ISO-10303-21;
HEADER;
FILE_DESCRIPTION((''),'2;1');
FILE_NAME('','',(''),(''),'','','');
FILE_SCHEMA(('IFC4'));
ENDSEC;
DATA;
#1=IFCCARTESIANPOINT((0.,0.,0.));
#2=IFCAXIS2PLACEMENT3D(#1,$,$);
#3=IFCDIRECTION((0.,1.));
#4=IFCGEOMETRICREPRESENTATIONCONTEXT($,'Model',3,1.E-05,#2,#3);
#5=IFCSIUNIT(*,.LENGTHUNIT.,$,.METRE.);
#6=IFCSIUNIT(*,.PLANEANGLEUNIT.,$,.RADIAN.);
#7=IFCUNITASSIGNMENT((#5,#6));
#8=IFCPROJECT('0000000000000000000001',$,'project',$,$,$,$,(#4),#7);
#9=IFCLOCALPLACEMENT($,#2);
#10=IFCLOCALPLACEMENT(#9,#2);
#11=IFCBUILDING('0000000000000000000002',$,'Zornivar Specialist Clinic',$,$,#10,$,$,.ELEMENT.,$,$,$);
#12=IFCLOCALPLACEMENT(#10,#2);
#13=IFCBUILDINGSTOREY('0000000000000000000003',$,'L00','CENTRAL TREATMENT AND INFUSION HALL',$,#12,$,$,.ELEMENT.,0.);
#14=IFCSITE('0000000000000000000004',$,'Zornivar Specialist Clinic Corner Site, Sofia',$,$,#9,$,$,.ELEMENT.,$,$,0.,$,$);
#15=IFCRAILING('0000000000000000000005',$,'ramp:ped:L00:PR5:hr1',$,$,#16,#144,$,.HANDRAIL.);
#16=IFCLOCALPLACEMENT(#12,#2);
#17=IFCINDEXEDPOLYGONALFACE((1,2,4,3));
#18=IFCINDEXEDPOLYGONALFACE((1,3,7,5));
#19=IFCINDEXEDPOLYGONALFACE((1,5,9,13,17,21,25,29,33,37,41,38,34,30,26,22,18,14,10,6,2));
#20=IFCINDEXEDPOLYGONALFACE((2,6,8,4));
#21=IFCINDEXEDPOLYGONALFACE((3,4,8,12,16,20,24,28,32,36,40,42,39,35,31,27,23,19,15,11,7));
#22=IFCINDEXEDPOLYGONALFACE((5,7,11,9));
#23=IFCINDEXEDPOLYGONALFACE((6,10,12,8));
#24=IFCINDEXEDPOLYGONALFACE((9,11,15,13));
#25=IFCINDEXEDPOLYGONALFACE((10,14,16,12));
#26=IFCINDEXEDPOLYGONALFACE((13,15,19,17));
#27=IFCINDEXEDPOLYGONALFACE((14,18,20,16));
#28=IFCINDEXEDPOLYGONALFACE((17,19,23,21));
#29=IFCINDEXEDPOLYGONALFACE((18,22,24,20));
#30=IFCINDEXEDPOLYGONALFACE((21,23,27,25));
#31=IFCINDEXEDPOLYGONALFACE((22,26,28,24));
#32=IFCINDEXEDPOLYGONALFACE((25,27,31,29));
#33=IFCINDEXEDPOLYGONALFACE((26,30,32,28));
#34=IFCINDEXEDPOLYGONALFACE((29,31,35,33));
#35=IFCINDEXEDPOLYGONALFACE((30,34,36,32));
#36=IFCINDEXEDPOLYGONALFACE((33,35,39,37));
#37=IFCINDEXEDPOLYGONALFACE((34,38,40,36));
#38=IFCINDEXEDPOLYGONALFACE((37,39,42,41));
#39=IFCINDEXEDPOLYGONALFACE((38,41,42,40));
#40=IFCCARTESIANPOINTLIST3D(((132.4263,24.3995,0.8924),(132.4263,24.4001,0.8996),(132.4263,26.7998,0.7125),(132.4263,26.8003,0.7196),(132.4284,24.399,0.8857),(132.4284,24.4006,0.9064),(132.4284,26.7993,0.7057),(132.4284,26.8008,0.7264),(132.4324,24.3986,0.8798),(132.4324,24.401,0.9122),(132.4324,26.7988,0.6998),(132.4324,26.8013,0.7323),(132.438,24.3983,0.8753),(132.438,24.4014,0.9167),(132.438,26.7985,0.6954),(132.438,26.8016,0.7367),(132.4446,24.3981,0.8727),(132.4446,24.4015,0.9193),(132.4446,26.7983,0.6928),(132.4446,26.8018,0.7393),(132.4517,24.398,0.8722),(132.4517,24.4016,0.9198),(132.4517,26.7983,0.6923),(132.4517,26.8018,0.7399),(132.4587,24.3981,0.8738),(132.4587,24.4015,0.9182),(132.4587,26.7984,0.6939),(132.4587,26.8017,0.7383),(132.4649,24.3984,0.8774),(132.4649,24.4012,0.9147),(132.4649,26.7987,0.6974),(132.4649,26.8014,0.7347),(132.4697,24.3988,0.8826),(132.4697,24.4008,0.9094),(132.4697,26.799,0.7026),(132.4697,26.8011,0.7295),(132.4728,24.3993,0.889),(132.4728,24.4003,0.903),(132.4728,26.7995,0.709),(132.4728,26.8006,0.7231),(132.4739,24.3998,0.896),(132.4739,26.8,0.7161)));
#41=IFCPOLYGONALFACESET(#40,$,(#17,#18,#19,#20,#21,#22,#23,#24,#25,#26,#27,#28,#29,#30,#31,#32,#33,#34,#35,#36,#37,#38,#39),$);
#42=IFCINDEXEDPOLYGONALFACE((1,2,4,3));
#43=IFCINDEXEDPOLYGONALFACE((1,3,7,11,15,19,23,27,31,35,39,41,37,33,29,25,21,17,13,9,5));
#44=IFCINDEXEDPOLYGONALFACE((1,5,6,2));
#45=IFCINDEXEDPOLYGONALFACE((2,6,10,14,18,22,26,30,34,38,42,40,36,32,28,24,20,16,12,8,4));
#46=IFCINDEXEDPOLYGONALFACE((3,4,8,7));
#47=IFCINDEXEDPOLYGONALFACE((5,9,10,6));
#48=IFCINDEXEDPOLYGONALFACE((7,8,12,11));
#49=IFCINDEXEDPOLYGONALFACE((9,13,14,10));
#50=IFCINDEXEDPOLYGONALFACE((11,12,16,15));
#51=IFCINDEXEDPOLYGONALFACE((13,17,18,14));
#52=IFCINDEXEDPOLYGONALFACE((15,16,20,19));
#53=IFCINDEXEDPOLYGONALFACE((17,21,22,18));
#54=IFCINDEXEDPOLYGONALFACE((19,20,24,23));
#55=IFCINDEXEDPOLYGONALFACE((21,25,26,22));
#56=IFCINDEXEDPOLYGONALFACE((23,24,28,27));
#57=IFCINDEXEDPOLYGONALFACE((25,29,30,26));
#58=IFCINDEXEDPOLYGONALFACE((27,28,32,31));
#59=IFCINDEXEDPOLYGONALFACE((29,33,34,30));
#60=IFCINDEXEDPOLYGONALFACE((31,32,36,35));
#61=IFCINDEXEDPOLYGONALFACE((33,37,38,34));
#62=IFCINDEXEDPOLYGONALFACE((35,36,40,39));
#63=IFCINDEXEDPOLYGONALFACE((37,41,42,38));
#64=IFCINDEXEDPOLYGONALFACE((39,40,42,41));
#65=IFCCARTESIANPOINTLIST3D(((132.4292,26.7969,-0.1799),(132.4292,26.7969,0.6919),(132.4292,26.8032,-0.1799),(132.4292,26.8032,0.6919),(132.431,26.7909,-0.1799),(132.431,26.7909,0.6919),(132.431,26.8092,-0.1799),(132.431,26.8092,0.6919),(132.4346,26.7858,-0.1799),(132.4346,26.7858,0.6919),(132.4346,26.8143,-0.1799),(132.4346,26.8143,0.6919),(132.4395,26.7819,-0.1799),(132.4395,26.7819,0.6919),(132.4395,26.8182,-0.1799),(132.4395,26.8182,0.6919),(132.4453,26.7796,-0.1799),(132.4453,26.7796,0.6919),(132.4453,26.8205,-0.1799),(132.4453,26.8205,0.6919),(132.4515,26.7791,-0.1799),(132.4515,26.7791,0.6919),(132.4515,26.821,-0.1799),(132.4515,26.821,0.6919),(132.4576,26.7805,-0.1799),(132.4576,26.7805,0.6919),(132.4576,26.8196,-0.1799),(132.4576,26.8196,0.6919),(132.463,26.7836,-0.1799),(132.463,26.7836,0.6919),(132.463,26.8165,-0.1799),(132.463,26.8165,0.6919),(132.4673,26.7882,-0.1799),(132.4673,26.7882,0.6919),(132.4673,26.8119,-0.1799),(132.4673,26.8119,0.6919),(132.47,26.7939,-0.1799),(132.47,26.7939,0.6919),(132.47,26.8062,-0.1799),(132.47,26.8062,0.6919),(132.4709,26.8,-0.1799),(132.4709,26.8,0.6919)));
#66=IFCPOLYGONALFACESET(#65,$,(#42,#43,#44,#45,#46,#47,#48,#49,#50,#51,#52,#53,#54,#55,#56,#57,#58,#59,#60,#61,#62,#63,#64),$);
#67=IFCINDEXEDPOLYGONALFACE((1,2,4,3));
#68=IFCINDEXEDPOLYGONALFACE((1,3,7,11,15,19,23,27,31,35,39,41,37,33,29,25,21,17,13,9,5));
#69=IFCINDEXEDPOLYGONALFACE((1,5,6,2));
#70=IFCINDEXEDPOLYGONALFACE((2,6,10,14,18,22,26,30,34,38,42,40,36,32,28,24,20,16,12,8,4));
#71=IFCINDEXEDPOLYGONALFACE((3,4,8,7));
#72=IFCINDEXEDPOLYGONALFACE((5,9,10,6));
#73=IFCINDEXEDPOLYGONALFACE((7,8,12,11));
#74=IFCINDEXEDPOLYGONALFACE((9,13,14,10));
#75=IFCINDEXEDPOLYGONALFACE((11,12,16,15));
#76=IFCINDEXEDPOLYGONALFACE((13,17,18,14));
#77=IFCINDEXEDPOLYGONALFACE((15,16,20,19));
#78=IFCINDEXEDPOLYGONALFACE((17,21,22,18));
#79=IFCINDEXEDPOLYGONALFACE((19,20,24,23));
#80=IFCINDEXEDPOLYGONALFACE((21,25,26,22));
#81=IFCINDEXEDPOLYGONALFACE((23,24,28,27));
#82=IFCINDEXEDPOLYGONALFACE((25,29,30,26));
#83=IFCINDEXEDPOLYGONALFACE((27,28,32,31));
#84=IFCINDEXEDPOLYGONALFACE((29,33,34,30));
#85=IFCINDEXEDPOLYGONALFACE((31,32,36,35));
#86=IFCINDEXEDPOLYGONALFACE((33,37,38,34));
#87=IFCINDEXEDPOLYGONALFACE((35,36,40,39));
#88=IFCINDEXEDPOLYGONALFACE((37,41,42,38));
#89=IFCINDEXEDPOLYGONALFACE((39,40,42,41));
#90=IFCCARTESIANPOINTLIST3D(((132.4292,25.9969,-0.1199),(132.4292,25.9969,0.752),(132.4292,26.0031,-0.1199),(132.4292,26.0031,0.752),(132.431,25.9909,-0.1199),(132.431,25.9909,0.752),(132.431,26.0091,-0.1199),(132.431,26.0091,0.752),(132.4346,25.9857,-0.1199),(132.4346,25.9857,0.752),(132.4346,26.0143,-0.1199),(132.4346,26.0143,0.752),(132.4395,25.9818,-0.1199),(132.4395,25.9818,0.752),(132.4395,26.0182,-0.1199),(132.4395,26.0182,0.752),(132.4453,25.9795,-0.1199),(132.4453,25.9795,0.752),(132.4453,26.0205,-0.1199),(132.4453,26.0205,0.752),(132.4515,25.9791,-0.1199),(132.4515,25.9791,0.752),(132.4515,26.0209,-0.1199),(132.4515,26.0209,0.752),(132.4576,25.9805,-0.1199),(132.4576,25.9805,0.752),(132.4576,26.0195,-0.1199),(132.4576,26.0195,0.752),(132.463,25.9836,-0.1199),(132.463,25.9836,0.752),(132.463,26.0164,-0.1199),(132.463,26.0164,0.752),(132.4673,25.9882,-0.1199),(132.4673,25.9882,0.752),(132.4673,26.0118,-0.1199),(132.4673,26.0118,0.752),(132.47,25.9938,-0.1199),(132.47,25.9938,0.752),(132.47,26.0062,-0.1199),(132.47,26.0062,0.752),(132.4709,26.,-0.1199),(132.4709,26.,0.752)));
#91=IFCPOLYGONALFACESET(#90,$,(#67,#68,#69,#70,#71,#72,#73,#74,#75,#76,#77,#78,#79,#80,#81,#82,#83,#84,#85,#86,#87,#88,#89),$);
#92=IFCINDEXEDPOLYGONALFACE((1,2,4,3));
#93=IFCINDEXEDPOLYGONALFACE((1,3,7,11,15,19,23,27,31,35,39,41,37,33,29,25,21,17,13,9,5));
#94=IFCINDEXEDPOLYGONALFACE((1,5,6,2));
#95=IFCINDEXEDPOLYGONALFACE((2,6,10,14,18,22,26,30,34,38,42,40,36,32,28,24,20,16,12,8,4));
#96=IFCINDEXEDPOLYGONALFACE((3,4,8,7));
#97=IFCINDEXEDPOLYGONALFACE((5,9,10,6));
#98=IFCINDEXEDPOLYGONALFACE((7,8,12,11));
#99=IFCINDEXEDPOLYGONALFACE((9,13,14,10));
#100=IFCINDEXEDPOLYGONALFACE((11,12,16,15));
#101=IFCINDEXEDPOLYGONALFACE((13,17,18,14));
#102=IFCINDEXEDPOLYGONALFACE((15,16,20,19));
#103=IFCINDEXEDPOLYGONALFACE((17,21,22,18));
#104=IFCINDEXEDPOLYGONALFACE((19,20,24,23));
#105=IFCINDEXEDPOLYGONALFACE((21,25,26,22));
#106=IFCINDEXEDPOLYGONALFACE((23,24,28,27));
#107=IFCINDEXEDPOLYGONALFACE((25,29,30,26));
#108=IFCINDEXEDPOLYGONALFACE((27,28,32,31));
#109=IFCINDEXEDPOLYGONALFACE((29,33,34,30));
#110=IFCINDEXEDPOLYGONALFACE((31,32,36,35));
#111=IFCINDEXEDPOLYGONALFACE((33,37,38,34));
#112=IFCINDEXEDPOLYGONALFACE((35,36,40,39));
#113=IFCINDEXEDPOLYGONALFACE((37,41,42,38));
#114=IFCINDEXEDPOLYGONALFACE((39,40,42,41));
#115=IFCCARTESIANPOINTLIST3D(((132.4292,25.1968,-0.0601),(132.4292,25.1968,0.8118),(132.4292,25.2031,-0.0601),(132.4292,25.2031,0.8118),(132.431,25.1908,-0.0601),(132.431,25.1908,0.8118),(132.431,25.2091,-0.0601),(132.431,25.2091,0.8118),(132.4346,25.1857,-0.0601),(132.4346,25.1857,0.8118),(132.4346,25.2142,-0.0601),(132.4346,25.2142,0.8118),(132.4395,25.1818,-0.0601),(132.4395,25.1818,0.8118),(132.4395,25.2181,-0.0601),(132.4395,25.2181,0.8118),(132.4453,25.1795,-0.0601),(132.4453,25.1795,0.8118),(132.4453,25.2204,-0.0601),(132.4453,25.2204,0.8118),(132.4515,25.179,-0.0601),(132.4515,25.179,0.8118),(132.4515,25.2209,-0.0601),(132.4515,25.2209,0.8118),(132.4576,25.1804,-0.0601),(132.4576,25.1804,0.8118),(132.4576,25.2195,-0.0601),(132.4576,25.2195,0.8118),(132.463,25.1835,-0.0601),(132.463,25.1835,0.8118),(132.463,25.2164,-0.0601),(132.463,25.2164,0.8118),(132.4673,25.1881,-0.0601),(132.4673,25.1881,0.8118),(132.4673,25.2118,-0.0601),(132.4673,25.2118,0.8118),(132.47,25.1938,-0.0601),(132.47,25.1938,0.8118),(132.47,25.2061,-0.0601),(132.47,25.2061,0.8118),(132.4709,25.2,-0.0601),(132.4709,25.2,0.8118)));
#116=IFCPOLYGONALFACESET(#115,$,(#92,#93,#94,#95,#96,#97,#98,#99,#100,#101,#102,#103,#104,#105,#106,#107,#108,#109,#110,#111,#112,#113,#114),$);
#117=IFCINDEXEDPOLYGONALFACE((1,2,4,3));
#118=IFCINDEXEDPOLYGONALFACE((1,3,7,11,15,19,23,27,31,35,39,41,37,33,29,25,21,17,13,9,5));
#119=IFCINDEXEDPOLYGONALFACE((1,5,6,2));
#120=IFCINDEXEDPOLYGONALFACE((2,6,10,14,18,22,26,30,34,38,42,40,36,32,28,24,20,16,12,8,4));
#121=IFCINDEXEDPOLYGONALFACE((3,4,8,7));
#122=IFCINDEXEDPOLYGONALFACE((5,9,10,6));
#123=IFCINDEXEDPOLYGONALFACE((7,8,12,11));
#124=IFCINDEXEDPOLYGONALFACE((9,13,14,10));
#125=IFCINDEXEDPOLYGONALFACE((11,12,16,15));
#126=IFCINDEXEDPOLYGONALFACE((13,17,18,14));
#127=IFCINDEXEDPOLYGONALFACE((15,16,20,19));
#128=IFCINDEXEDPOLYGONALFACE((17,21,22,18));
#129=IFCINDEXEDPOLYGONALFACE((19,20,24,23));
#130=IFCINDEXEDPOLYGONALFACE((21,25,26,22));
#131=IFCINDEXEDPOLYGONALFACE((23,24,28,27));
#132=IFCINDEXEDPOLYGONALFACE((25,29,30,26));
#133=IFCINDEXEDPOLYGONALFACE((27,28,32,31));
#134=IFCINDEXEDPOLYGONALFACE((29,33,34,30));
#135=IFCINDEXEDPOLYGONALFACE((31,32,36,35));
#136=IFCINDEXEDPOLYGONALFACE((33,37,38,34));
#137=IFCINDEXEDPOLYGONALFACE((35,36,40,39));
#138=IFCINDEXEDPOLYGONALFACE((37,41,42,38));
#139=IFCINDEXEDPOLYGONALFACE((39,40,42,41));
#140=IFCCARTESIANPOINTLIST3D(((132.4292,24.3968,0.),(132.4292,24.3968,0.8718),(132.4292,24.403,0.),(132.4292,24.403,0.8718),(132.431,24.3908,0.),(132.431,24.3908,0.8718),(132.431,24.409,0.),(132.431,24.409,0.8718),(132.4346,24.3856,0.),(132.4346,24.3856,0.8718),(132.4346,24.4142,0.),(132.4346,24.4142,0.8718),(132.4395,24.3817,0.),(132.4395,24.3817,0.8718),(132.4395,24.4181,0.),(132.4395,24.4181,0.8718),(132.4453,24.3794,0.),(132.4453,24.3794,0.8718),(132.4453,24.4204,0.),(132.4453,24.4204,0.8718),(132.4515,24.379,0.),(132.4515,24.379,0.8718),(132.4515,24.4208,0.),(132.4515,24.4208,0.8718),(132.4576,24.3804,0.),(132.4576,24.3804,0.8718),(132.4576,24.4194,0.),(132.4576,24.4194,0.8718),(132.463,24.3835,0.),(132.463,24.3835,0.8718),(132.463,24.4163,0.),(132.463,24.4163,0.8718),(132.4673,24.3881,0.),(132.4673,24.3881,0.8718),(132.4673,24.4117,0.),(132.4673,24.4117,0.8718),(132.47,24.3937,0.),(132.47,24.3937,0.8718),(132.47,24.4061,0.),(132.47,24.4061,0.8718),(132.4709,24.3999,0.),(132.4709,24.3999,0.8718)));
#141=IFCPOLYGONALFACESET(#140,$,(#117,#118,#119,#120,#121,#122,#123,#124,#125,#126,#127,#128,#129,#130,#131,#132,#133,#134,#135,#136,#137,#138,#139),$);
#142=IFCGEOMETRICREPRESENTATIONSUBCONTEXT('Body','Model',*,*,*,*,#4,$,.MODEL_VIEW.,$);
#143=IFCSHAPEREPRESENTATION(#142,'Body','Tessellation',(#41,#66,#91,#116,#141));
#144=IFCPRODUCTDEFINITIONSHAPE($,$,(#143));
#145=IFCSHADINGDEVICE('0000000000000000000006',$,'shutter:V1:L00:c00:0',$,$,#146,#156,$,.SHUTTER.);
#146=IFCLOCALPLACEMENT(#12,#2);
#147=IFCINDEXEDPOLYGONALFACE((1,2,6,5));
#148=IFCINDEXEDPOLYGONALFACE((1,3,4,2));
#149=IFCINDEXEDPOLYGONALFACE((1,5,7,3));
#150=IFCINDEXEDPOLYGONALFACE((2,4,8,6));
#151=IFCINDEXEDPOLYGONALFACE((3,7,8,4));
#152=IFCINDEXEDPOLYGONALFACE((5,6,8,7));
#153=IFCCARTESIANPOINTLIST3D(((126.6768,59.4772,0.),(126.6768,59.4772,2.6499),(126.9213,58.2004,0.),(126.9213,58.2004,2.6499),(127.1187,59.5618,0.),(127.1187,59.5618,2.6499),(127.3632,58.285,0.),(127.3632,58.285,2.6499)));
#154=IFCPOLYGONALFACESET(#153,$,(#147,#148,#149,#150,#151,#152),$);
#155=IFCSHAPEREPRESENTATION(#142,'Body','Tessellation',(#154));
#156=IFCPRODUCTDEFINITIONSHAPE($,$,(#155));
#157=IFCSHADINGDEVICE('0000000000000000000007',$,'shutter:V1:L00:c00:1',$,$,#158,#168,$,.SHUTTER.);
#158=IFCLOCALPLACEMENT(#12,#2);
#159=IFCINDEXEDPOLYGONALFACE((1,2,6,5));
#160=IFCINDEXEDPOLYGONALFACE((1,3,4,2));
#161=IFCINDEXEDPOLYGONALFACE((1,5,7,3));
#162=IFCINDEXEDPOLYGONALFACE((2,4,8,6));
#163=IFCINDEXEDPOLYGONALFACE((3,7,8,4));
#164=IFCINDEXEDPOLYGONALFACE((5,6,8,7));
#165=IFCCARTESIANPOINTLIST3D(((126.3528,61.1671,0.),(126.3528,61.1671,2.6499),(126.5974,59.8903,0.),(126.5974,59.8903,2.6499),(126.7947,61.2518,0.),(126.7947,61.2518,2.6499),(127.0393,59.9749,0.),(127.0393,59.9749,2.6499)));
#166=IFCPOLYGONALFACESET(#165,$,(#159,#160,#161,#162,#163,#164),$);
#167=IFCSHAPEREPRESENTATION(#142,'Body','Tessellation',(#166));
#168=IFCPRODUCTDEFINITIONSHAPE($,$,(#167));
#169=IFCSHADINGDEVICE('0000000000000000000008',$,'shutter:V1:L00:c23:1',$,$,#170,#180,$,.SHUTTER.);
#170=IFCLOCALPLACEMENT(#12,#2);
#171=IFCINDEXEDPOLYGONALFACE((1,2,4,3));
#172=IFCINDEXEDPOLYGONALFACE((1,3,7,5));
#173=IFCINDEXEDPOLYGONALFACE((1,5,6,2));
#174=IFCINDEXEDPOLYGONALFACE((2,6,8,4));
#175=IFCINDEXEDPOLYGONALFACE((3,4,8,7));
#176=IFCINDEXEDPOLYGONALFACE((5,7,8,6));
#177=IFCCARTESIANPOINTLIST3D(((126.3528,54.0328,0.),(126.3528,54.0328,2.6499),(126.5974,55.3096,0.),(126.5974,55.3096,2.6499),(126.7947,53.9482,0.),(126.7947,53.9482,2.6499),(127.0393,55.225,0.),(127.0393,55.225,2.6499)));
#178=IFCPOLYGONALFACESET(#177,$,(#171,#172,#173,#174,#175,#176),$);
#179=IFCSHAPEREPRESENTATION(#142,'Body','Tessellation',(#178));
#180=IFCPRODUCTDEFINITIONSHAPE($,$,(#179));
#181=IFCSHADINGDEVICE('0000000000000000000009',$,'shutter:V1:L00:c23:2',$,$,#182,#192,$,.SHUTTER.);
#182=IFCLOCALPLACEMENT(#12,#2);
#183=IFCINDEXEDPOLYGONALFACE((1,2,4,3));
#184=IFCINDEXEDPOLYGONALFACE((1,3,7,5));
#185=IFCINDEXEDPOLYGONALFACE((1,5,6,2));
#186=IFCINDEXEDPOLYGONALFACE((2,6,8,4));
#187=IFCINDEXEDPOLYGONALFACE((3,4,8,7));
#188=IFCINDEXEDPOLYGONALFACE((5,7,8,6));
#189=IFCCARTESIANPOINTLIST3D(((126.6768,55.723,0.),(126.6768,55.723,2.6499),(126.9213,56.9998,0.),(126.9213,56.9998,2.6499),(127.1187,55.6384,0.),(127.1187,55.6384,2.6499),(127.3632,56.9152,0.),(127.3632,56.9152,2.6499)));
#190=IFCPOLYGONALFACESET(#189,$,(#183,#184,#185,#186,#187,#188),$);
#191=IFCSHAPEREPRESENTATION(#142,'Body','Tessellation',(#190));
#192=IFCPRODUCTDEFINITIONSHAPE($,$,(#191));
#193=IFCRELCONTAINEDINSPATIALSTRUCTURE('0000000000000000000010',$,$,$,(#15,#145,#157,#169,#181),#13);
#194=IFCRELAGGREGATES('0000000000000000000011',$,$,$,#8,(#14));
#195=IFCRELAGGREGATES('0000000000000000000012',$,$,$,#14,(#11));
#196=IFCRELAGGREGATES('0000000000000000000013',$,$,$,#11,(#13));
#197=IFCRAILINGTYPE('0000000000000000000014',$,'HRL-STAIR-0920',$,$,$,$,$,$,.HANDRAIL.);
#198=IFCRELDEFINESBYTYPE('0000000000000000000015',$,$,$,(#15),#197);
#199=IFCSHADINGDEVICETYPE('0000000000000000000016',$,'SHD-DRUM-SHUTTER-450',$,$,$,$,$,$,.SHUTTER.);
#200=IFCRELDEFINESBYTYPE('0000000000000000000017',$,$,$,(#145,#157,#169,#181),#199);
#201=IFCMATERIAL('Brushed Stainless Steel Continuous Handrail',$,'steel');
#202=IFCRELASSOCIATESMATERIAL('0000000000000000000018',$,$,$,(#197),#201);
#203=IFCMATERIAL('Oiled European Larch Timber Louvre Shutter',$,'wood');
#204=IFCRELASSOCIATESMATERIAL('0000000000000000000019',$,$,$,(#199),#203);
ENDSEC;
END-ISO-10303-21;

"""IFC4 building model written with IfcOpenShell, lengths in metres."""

from ifc_helpers import new_model, si_unit, direction, frame, origin, origin_2d, place, context, subcontext, project, spatial, rectangle, circle, extrude, material, type_object, element, save


model = new_model("IFC4")

# Units and contexts
model_context = context("Model", 3, precision=1e-05, world=origin(), true_north=direction((0.0, 1.0)))
body_context = subcontext(model_context, "Body", "Model", "MODEL_VIEW")
ifc_project = project(units=[si_unit("LENGTHUNIT", "METRE"), si_unit("PLANEANGLEUNIT", "RADIAN")], contexts=[model_context])

# Site, building, storey
site_placement = place(None, origin())
site = spatial("IfcSite", under=ifc_project, at=site_placement, Name="Zornivar Specialist Clinic Corner Site, Sofia", CompositionType="ELEMENT", RefElevation=0.0)
building_placement = place(site_placement, origin())
building = spatial("IfcBuilding", under=site, at=building_placement, Name="Zornivar Specialist Clinic", CompositionType="ELEMENT")
storey_placement = place(building_placement, origin())
storey = spatial("IfcBuildingStorey", under=building, at=storey_placement, Name="L00", Description="CENTRAL TREATMENT AND INFUSION HALL", CompositionType="ELEMENT", Elevation=0.0)

# Railing
ifc_material_1 = material(Name="Brushed Stainless Steel Continuous Handrail", Category="steel")
railing_type_1 = type_object("IfcRailingType", Name="HRL-STAIR-0920", PredefinedType="HANDRAIL", material=ifc_material_1)
for number, where, name in (
    (1, (132.45, 26.8, -0.1799), "ramp:ped:L00:PR5:hr1"),
):
    element("IfcRailing", number, at=place(storey_placement, frame(where)), inside=storey, type_object=railing_type_1, Name=name, PredefinedType="HANDRAIL", context=body_context, shape_type="SweptSolid", body=[
        extrude(circle(Radius=0.0239, at=origin_2d()), frame((0.0, 0.0, 0.896), z_axis=(0.0, -0.997202, 0.074757), x_axis=(1.0, 0.0, 0.0)), (0.0, 0.0, 1.0), 2.407),
        extrude(circle(Radius=0.021, at=origin_2d()), origin(), (0.0, 0.0, 1.0), 0.8718),
        extrude(circle(Radius=0.021, at=origin_2d()), frame((0.0, -0.8, 0.0601)), (0.0, 0.0, 1.0), 0.8718),
        extrude(circle(Radius=0.021, at=origin_2d()), frame((0.0, -1.6001, 0.1199)), (0.0, 0.0, 1.0), 0.8718),
        extrude(circle(Radius=0.021, at=origin_2d()), frame((0.0, -2.4001, 0.1799)), (0.0, 0.0, 1.0), 0.8718),
    ])

# Shading devices
ifc_material_2 = material(Name="Oiled European Larch Timber Louvre Shutter", Category="wood")
shading_device_type = type_object("IfcShadingDeviceType", Name="SHD-DRUM-SHUTTER-450", PredefinedType="SHUTTER", material=ifc_material_2)
for number, where, z_axis, x_axis, name in (
    (2, (127.02, 58.8811, 0.0), (0.0, 0.0, 1.0), (-0.188099, 0.98215, 0.0), "shutter:V1:L00:c00:0"),
    (3, (126.696, 60.571, 0.0), (0.0, 0.0, 1.0), (-0.188099, 0.98215, 0.0), "shutter:V1:L00:c00:1"),
    (4, (126.696, 54.6289, 0.0), (0.0, 0.0, 1.0), (0.188099, 0.98215, 0.0), "shutter:V1:L00:c23:1"),
    (5, (127.02, 56.3191, 0.0), (0.0, 0.0, 1.0), (0.188099, 0.98215, 0.0), "shutter:V1:L00:c23:2"),
):
    element("IfcShadingDevice", number, at=place(storey_placement, frame(where, z_axis=z_axis, x_axis=x_axis)), inside=storey, type_object=shading_device_type, Name=name, PredefinedType="SHUTTER", context=body_context, shape_type="SweptSolid", body=[
        extrude(rectangle(XDim=1.3, YDim=0.45, at=origin_2d()), origin(), (0.0, 0.0, 1.0), 2.6499),
    ])

save(model, "model.ifc")
